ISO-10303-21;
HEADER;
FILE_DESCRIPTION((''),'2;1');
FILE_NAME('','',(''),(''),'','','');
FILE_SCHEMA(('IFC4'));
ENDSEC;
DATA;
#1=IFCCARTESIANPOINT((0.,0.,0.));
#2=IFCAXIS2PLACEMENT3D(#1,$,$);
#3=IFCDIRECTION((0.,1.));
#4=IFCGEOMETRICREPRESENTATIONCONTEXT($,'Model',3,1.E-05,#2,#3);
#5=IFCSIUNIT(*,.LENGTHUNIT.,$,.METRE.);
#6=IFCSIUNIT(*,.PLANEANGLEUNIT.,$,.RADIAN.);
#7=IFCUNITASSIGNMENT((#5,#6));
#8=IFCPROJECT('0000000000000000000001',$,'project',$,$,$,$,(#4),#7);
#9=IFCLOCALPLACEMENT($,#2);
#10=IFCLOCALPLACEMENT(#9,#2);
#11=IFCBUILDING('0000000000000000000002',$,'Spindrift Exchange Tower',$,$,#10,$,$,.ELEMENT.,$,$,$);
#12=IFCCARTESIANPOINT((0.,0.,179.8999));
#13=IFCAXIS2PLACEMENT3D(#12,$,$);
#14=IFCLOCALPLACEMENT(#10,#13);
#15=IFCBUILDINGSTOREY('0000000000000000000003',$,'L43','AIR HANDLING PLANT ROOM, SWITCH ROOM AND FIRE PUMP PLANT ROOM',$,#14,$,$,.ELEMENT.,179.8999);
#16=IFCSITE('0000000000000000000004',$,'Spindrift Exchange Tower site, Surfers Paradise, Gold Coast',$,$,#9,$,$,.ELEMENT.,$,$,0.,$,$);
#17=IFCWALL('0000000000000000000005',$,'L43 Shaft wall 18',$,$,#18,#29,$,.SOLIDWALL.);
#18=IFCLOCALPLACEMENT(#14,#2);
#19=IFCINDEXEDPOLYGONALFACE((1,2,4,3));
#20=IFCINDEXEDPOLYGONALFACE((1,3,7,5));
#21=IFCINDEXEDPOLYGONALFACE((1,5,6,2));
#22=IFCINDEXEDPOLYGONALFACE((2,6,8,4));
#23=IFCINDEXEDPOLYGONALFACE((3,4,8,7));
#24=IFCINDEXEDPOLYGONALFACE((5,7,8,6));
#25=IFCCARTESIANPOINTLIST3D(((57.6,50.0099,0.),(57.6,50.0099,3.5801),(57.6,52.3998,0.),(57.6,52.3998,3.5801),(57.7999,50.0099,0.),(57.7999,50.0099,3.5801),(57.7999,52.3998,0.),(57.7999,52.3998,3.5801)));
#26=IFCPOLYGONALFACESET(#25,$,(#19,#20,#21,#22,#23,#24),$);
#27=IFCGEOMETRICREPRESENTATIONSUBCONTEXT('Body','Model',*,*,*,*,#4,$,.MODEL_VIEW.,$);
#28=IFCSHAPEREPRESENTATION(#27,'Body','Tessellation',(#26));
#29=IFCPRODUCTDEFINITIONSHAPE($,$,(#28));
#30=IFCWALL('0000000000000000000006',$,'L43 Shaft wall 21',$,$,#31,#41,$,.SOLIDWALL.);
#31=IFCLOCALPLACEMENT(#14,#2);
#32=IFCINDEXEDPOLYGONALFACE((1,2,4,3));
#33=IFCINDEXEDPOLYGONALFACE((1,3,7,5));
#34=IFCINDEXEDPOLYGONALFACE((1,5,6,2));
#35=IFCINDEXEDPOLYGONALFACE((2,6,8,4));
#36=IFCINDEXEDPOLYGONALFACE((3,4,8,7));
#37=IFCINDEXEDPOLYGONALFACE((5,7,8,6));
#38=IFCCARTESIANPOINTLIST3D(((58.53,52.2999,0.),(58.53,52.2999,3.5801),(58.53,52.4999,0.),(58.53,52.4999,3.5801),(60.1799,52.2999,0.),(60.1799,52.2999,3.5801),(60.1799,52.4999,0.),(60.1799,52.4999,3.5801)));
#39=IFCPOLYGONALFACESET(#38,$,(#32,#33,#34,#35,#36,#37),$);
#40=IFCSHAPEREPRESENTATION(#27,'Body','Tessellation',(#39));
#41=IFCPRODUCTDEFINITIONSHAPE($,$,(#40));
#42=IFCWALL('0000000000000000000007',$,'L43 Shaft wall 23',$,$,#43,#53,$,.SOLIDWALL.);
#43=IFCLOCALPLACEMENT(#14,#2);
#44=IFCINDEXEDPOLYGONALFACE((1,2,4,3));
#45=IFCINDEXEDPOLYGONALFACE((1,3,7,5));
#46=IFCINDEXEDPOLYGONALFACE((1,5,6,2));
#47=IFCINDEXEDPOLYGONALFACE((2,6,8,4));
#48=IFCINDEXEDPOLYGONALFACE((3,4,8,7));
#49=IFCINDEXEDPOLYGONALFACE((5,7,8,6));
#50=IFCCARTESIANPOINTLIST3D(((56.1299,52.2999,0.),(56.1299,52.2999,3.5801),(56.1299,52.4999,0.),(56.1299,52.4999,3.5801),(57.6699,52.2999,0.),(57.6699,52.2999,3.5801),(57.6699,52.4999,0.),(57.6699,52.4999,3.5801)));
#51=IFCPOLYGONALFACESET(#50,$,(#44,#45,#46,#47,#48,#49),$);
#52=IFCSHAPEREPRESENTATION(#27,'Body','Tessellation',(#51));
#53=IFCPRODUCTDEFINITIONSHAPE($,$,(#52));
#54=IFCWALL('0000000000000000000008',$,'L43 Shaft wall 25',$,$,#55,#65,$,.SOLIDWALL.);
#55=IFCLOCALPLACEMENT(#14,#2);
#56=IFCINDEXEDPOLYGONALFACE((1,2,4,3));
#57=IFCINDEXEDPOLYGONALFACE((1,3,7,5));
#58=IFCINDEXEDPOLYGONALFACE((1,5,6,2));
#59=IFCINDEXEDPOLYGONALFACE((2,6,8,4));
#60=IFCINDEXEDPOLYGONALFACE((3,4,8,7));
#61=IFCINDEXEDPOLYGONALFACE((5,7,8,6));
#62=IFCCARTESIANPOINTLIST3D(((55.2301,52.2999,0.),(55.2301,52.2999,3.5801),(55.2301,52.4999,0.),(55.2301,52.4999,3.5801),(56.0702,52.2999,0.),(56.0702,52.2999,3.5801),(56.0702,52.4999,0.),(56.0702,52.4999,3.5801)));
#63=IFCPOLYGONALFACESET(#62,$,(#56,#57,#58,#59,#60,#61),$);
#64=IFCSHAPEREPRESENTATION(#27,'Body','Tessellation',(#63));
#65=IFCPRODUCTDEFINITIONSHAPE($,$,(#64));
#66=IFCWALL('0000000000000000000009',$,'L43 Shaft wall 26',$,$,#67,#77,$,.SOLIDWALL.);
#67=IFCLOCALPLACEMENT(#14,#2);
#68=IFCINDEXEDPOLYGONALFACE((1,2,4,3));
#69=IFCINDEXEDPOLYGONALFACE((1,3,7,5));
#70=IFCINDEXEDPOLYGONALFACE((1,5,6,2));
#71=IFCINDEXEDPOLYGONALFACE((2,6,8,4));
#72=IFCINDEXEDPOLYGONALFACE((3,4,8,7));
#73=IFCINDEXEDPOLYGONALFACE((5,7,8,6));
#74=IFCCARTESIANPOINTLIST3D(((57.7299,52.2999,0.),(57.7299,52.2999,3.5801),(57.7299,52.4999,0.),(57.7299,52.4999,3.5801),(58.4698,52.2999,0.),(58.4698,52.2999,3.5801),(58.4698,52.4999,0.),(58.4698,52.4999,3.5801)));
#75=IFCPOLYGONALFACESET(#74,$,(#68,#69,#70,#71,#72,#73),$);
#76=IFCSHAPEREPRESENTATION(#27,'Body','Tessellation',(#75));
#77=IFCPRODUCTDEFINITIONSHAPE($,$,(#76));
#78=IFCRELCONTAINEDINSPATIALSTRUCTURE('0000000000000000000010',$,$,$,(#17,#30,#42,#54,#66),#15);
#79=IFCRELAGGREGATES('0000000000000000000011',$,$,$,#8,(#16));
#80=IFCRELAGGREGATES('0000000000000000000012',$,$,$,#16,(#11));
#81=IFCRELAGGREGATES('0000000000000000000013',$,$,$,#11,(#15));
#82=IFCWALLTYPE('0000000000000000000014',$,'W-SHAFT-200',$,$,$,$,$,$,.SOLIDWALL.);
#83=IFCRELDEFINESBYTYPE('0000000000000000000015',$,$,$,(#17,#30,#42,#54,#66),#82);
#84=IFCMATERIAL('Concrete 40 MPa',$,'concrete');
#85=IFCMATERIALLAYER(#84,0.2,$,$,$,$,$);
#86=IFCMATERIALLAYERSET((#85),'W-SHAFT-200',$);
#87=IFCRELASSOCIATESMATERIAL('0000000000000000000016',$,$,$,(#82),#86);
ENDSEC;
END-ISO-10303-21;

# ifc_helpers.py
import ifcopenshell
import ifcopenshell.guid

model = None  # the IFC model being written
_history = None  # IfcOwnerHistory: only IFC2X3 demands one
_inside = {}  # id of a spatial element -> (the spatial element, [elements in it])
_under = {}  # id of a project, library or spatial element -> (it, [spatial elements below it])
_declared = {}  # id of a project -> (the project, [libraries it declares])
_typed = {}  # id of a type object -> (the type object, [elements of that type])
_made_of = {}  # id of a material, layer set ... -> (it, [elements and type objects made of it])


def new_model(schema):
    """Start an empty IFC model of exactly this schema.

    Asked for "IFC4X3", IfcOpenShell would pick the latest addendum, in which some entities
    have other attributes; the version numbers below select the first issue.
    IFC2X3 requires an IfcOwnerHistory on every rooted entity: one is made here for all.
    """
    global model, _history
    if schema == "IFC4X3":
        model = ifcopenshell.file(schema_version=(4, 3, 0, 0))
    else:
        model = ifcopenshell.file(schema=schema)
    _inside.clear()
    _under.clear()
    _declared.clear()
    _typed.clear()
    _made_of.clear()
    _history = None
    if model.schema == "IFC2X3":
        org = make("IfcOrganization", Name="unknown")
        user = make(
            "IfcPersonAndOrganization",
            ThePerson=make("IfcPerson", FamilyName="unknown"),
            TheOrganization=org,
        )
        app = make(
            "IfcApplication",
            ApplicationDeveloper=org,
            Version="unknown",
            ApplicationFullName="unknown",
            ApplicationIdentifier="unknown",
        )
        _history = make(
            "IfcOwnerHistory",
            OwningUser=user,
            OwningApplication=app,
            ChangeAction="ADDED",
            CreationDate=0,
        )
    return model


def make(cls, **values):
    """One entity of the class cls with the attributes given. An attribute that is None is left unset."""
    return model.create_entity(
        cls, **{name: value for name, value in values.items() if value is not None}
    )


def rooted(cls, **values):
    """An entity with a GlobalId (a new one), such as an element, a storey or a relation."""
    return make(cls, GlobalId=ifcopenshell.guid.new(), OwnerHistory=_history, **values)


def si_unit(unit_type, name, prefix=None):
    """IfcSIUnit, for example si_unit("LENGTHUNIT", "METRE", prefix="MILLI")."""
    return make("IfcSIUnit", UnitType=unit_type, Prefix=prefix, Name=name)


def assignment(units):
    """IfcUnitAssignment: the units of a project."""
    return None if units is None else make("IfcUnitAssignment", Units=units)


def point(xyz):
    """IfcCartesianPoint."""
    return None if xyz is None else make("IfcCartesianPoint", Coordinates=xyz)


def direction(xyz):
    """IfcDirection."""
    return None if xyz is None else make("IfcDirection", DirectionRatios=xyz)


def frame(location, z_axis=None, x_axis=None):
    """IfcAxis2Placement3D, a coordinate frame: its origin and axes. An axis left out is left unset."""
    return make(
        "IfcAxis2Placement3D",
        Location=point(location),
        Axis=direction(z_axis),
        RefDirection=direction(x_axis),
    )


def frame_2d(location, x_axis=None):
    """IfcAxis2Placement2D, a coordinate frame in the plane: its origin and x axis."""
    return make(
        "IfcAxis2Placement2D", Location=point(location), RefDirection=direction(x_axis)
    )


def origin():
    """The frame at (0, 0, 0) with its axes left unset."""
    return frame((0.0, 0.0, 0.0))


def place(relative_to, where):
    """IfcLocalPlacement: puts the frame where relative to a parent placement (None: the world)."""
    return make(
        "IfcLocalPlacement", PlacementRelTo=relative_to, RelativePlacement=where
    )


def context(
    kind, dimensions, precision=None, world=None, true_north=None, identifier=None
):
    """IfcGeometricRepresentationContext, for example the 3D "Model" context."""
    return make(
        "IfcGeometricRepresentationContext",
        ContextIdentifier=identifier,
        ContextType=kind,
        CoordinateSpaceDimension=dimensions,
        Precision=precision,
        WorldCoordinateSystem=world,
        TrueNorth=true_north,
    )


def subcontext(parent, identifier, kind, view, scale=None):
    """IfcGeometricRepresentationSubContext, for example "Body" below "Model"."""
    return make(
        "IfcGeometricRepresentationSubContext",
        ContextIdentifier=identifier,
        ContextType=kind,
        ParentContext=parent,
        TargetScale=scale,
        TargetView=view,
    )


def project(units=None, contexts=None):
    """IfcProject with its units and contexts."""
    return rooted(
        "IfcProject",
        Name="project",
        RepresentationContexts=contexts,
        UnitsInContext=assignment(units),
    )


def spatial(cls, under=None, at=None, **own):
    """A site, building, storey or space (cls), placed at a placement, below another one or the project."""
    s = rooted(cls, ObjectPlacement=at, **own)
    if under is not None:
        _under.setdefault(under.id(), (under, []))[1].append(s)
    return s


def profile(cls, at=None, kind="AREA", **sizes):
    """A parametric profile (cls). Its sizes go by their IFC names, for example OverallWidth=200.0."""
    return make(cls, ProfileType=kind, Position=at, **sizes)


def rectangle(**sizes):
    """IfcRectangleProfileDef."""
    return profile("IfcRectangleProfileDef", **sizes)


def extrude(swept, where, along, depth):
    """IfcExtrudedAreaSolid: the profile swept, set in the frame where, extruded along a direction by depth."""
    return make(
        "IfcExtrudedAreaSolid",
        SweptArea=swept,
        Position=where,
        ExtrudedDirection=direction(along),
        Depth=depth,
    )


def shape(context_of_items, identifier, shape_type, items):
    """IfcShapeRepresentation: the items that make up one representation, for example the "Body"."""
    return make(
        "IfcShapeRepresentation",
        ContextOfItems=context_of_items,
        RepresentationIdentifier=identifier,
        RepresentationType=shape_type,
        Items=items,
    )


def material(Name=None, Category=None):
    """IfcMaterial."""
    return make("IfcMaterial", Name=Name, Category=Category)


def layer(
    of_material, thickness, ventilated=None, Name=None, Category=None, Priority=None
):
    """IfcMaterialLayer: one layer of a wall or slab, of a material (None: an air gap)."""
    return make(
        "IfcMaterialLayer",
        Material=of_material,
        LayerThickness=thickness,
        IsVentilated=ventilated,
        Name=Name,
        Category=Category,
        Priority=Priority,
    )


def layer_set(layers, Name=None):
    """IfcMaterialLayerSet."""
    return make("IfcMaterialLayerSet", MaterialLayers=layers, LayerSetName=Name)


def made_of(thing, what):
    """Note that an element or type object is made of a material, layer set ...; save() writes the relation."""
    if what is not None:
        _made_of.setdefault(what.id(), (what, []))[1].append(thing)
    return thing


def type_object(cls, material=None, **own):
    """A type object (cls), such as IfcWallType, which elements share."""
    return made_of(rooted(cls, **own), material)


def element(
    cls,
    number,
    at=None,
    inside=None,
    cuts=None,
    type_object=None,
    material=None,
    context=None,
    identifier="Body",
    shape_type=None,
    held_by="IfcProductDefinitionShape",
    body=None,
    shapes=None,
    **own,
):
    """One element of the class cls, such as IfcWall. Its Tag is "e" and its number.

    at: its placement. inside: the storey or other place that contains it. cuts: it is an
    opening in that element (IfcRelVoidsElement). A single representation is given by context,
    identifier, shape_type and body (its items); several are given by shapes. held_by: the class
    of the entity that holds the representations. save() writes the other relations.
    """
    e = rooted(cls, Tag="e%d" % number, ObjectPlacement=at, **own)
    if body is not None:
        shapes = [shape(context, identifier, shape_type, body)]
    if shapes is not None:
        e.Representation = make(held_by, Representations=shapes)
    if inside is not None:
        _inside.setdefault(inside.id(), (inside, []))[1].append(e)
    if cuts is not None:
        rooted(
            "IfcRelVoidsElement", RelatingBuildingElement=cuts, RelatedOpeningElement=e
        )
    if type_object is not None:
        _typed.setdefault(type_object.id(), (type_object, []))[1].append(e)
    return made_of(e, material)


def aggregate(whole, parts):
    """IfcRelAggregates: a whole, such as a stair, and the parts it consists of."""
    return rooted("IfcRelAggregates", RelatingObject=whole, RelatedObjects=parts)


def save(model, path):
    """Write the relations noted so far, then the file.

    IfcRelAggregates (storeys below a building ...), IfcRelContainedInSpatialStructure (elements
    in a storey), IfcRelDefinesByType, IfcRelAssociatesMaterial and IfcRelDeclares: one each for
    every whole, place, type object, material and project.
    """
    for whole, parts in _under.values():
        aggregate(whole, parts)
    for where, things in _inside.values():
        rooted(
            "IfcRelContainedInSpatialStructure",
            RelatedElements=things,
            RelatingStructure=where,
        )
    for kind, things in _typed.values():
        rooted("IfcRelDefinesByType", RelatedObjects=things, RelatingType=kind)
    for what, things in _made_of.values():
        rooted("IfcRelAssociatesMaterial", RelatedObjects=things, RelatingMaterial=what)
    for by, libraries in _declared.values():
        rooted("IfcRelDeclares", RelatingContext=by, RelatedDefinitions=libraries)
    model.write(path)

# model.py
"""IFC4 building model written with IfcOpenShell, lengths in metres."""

from ifc_helpers import new_model, si_unit, direction, frame, frame_2d, origin, place, context, subcontext, project, spatial, rectangle, extrude, material, layer, layer_set, type_object, element, save


model = new_model("IFC4")

# Units and contexts
model_context = context("Model", 3, precision=1e-05, world=origin(), true_north=direction((0.0, 1.0)))
body_context = subcontext(model_context, "Body", "Model", "MODEL_VIEW")
ifc_project = project(units=[si_unit("LENGTHUNIT", "METRE"), si_unit("PLANEANGLEUNIT", "RADIAN")], contexts=[model_context])

# Site, building, storey
site_placement = place(None, origin())
site = spatial("IfcSite", under=ifc_project, at=site_placement, Name="Spindrift Exchange Tower site, Surfers Paradise, Gold Coast", CompositionType="ELEMENT", RefElevation=0.0)
building_placement = place(site_placement, origin())
building = spatial("IfcBuilding", under=site, at=building_placement, Name="Spindrift Exchange Tower", CompositionType="ELEMENT")
storey_placement = place(building_placement, frame((0.0, 0.0, 179.8999)))
storey = spatial("IfcBuildingStorey", under=building, at=storey_placement, Name="L43", Description="AIR HANDLING PLANT ROOM, SWITCH ROOM AND FIRE PUMP PLANT ROOM", CompositionType="ELEMENT", Elevation=179.8999)

# Shared definitions
ifc_material_1 = material(Name="Concrete 40 MPa", Category="concrete")
ifc_layer_1 = layer(ifc_material_1, 0.2)
ifc_layer_set_1 = layer_set([ifc_layer_1], Name="W-SHAFT-200")
wall_type_1 = type_object("IfcWallType", Name="W-SHAFT-200", PredefinedType="SOLIDWALL", material=ifc_layer_set_1)

# Walls
wall_1_placement = place(storey_placement, frame((57.7, 50.01, 0.0), z_axis=(0.0, 0.0, 1.0), x_axis=(0.0, 1.0, 0.0)))
element("IfcWall", 1, at=wall_1_placement, inside=storey, type_object=wall_type_1, Name="L43 Shaft wall 18", PredefinedType="SOLIDWALL", context=body_context, shape_type="SweptSolid", body=[
    extrude(rectangle(XDim=2.3899, YDim=0.2, at=frame_2d((1.1948, 0.0))), origin(), (0.0, 0.0, 1.0), 3.5801),
])
wall_2_placement = place(storey_placement, frame((60.1799, 52.3999, 0.0), z_axis=(0.0, 0.0, 1.0), x_axis=(-1.0, 0.0, 0.0)))
element("IfcWall", 2, at=wall_2_placement, inside=storey, type_object=wall_type_1, Name="L43 Shaft wall 21", PredefinedType="SOLIDWALL", context=body_context, shape_type="SweptSolid", body=[
    extrude(rectangle(XDim=1.6499, YDim=0.2, at=frame_2d((0.825, 0.0))), origin(), (0.0, 0.0, 1.0), 3.5801),
])
wall_3_placement = place(storey_placement, frame((57.6699, 52.3999, 0.0), z_axis=(0.0, 0.0, 1.0), x_axis=(-1.0, 0.0, 0.0)))
element("IfcWall", 3, at=wall_3_placement, inside=storey, type_object=wall_type_1, Name="L43 Shaft wall 23", PredefinedType="SOLIDWALL", context=body_context, shape_type="SweptSolid", body=[
    extrude(rectangle(XDim=1.54, YDim=0.2, at=frame_2d((0.77, 0.0))), origin(), (0.0, 0.0, 1.0), 3.5801),
])
wall_4_placement = place(storey_placement, frame((56.0701, 52.3999, 0.0), z_axis=(0.0, 0.0, 1.0), x_axis=(-1.0, 0.0, 0.0)))
element("IfcWall", 4, at=wall_4_placement, inside=storey, type_object=wall_type_1, Name="L43 Shaft wall 25", PredefinedType="SOLIDWALL", context=body_context, shape_type="SweptSolid", body=[
    extrude(rectangle(XDim=0.8401, YDim=0.2, at=frame_2d((0.4199, 0.0))), origin(), (0.0, 0.0, 1.0), 3.5801),
])
wall_5_placement = place(storey_placement, frame((58.47, 52.3999, 0.0), z_axis=(0.0, 0.0, 1.0), x_axis=(-1.0, 0.0, 0.0)))
element("IfcWall", 5, at=wall_5_placement, inside=storey, type_object=wall_type_1, Name="L43 Shaft wall 26", PredefinedType="SOLIDWALL", context=body_context, shape_type="SweptSolid", body=[
    extrude(rectangle(XDim=0.74, YDim=0.2, at=frame_2d((0.3701, 0.0))), origin(), (0.0, 0.0, 1.0), 3.5801),
])

save(model, "model.ifc")
